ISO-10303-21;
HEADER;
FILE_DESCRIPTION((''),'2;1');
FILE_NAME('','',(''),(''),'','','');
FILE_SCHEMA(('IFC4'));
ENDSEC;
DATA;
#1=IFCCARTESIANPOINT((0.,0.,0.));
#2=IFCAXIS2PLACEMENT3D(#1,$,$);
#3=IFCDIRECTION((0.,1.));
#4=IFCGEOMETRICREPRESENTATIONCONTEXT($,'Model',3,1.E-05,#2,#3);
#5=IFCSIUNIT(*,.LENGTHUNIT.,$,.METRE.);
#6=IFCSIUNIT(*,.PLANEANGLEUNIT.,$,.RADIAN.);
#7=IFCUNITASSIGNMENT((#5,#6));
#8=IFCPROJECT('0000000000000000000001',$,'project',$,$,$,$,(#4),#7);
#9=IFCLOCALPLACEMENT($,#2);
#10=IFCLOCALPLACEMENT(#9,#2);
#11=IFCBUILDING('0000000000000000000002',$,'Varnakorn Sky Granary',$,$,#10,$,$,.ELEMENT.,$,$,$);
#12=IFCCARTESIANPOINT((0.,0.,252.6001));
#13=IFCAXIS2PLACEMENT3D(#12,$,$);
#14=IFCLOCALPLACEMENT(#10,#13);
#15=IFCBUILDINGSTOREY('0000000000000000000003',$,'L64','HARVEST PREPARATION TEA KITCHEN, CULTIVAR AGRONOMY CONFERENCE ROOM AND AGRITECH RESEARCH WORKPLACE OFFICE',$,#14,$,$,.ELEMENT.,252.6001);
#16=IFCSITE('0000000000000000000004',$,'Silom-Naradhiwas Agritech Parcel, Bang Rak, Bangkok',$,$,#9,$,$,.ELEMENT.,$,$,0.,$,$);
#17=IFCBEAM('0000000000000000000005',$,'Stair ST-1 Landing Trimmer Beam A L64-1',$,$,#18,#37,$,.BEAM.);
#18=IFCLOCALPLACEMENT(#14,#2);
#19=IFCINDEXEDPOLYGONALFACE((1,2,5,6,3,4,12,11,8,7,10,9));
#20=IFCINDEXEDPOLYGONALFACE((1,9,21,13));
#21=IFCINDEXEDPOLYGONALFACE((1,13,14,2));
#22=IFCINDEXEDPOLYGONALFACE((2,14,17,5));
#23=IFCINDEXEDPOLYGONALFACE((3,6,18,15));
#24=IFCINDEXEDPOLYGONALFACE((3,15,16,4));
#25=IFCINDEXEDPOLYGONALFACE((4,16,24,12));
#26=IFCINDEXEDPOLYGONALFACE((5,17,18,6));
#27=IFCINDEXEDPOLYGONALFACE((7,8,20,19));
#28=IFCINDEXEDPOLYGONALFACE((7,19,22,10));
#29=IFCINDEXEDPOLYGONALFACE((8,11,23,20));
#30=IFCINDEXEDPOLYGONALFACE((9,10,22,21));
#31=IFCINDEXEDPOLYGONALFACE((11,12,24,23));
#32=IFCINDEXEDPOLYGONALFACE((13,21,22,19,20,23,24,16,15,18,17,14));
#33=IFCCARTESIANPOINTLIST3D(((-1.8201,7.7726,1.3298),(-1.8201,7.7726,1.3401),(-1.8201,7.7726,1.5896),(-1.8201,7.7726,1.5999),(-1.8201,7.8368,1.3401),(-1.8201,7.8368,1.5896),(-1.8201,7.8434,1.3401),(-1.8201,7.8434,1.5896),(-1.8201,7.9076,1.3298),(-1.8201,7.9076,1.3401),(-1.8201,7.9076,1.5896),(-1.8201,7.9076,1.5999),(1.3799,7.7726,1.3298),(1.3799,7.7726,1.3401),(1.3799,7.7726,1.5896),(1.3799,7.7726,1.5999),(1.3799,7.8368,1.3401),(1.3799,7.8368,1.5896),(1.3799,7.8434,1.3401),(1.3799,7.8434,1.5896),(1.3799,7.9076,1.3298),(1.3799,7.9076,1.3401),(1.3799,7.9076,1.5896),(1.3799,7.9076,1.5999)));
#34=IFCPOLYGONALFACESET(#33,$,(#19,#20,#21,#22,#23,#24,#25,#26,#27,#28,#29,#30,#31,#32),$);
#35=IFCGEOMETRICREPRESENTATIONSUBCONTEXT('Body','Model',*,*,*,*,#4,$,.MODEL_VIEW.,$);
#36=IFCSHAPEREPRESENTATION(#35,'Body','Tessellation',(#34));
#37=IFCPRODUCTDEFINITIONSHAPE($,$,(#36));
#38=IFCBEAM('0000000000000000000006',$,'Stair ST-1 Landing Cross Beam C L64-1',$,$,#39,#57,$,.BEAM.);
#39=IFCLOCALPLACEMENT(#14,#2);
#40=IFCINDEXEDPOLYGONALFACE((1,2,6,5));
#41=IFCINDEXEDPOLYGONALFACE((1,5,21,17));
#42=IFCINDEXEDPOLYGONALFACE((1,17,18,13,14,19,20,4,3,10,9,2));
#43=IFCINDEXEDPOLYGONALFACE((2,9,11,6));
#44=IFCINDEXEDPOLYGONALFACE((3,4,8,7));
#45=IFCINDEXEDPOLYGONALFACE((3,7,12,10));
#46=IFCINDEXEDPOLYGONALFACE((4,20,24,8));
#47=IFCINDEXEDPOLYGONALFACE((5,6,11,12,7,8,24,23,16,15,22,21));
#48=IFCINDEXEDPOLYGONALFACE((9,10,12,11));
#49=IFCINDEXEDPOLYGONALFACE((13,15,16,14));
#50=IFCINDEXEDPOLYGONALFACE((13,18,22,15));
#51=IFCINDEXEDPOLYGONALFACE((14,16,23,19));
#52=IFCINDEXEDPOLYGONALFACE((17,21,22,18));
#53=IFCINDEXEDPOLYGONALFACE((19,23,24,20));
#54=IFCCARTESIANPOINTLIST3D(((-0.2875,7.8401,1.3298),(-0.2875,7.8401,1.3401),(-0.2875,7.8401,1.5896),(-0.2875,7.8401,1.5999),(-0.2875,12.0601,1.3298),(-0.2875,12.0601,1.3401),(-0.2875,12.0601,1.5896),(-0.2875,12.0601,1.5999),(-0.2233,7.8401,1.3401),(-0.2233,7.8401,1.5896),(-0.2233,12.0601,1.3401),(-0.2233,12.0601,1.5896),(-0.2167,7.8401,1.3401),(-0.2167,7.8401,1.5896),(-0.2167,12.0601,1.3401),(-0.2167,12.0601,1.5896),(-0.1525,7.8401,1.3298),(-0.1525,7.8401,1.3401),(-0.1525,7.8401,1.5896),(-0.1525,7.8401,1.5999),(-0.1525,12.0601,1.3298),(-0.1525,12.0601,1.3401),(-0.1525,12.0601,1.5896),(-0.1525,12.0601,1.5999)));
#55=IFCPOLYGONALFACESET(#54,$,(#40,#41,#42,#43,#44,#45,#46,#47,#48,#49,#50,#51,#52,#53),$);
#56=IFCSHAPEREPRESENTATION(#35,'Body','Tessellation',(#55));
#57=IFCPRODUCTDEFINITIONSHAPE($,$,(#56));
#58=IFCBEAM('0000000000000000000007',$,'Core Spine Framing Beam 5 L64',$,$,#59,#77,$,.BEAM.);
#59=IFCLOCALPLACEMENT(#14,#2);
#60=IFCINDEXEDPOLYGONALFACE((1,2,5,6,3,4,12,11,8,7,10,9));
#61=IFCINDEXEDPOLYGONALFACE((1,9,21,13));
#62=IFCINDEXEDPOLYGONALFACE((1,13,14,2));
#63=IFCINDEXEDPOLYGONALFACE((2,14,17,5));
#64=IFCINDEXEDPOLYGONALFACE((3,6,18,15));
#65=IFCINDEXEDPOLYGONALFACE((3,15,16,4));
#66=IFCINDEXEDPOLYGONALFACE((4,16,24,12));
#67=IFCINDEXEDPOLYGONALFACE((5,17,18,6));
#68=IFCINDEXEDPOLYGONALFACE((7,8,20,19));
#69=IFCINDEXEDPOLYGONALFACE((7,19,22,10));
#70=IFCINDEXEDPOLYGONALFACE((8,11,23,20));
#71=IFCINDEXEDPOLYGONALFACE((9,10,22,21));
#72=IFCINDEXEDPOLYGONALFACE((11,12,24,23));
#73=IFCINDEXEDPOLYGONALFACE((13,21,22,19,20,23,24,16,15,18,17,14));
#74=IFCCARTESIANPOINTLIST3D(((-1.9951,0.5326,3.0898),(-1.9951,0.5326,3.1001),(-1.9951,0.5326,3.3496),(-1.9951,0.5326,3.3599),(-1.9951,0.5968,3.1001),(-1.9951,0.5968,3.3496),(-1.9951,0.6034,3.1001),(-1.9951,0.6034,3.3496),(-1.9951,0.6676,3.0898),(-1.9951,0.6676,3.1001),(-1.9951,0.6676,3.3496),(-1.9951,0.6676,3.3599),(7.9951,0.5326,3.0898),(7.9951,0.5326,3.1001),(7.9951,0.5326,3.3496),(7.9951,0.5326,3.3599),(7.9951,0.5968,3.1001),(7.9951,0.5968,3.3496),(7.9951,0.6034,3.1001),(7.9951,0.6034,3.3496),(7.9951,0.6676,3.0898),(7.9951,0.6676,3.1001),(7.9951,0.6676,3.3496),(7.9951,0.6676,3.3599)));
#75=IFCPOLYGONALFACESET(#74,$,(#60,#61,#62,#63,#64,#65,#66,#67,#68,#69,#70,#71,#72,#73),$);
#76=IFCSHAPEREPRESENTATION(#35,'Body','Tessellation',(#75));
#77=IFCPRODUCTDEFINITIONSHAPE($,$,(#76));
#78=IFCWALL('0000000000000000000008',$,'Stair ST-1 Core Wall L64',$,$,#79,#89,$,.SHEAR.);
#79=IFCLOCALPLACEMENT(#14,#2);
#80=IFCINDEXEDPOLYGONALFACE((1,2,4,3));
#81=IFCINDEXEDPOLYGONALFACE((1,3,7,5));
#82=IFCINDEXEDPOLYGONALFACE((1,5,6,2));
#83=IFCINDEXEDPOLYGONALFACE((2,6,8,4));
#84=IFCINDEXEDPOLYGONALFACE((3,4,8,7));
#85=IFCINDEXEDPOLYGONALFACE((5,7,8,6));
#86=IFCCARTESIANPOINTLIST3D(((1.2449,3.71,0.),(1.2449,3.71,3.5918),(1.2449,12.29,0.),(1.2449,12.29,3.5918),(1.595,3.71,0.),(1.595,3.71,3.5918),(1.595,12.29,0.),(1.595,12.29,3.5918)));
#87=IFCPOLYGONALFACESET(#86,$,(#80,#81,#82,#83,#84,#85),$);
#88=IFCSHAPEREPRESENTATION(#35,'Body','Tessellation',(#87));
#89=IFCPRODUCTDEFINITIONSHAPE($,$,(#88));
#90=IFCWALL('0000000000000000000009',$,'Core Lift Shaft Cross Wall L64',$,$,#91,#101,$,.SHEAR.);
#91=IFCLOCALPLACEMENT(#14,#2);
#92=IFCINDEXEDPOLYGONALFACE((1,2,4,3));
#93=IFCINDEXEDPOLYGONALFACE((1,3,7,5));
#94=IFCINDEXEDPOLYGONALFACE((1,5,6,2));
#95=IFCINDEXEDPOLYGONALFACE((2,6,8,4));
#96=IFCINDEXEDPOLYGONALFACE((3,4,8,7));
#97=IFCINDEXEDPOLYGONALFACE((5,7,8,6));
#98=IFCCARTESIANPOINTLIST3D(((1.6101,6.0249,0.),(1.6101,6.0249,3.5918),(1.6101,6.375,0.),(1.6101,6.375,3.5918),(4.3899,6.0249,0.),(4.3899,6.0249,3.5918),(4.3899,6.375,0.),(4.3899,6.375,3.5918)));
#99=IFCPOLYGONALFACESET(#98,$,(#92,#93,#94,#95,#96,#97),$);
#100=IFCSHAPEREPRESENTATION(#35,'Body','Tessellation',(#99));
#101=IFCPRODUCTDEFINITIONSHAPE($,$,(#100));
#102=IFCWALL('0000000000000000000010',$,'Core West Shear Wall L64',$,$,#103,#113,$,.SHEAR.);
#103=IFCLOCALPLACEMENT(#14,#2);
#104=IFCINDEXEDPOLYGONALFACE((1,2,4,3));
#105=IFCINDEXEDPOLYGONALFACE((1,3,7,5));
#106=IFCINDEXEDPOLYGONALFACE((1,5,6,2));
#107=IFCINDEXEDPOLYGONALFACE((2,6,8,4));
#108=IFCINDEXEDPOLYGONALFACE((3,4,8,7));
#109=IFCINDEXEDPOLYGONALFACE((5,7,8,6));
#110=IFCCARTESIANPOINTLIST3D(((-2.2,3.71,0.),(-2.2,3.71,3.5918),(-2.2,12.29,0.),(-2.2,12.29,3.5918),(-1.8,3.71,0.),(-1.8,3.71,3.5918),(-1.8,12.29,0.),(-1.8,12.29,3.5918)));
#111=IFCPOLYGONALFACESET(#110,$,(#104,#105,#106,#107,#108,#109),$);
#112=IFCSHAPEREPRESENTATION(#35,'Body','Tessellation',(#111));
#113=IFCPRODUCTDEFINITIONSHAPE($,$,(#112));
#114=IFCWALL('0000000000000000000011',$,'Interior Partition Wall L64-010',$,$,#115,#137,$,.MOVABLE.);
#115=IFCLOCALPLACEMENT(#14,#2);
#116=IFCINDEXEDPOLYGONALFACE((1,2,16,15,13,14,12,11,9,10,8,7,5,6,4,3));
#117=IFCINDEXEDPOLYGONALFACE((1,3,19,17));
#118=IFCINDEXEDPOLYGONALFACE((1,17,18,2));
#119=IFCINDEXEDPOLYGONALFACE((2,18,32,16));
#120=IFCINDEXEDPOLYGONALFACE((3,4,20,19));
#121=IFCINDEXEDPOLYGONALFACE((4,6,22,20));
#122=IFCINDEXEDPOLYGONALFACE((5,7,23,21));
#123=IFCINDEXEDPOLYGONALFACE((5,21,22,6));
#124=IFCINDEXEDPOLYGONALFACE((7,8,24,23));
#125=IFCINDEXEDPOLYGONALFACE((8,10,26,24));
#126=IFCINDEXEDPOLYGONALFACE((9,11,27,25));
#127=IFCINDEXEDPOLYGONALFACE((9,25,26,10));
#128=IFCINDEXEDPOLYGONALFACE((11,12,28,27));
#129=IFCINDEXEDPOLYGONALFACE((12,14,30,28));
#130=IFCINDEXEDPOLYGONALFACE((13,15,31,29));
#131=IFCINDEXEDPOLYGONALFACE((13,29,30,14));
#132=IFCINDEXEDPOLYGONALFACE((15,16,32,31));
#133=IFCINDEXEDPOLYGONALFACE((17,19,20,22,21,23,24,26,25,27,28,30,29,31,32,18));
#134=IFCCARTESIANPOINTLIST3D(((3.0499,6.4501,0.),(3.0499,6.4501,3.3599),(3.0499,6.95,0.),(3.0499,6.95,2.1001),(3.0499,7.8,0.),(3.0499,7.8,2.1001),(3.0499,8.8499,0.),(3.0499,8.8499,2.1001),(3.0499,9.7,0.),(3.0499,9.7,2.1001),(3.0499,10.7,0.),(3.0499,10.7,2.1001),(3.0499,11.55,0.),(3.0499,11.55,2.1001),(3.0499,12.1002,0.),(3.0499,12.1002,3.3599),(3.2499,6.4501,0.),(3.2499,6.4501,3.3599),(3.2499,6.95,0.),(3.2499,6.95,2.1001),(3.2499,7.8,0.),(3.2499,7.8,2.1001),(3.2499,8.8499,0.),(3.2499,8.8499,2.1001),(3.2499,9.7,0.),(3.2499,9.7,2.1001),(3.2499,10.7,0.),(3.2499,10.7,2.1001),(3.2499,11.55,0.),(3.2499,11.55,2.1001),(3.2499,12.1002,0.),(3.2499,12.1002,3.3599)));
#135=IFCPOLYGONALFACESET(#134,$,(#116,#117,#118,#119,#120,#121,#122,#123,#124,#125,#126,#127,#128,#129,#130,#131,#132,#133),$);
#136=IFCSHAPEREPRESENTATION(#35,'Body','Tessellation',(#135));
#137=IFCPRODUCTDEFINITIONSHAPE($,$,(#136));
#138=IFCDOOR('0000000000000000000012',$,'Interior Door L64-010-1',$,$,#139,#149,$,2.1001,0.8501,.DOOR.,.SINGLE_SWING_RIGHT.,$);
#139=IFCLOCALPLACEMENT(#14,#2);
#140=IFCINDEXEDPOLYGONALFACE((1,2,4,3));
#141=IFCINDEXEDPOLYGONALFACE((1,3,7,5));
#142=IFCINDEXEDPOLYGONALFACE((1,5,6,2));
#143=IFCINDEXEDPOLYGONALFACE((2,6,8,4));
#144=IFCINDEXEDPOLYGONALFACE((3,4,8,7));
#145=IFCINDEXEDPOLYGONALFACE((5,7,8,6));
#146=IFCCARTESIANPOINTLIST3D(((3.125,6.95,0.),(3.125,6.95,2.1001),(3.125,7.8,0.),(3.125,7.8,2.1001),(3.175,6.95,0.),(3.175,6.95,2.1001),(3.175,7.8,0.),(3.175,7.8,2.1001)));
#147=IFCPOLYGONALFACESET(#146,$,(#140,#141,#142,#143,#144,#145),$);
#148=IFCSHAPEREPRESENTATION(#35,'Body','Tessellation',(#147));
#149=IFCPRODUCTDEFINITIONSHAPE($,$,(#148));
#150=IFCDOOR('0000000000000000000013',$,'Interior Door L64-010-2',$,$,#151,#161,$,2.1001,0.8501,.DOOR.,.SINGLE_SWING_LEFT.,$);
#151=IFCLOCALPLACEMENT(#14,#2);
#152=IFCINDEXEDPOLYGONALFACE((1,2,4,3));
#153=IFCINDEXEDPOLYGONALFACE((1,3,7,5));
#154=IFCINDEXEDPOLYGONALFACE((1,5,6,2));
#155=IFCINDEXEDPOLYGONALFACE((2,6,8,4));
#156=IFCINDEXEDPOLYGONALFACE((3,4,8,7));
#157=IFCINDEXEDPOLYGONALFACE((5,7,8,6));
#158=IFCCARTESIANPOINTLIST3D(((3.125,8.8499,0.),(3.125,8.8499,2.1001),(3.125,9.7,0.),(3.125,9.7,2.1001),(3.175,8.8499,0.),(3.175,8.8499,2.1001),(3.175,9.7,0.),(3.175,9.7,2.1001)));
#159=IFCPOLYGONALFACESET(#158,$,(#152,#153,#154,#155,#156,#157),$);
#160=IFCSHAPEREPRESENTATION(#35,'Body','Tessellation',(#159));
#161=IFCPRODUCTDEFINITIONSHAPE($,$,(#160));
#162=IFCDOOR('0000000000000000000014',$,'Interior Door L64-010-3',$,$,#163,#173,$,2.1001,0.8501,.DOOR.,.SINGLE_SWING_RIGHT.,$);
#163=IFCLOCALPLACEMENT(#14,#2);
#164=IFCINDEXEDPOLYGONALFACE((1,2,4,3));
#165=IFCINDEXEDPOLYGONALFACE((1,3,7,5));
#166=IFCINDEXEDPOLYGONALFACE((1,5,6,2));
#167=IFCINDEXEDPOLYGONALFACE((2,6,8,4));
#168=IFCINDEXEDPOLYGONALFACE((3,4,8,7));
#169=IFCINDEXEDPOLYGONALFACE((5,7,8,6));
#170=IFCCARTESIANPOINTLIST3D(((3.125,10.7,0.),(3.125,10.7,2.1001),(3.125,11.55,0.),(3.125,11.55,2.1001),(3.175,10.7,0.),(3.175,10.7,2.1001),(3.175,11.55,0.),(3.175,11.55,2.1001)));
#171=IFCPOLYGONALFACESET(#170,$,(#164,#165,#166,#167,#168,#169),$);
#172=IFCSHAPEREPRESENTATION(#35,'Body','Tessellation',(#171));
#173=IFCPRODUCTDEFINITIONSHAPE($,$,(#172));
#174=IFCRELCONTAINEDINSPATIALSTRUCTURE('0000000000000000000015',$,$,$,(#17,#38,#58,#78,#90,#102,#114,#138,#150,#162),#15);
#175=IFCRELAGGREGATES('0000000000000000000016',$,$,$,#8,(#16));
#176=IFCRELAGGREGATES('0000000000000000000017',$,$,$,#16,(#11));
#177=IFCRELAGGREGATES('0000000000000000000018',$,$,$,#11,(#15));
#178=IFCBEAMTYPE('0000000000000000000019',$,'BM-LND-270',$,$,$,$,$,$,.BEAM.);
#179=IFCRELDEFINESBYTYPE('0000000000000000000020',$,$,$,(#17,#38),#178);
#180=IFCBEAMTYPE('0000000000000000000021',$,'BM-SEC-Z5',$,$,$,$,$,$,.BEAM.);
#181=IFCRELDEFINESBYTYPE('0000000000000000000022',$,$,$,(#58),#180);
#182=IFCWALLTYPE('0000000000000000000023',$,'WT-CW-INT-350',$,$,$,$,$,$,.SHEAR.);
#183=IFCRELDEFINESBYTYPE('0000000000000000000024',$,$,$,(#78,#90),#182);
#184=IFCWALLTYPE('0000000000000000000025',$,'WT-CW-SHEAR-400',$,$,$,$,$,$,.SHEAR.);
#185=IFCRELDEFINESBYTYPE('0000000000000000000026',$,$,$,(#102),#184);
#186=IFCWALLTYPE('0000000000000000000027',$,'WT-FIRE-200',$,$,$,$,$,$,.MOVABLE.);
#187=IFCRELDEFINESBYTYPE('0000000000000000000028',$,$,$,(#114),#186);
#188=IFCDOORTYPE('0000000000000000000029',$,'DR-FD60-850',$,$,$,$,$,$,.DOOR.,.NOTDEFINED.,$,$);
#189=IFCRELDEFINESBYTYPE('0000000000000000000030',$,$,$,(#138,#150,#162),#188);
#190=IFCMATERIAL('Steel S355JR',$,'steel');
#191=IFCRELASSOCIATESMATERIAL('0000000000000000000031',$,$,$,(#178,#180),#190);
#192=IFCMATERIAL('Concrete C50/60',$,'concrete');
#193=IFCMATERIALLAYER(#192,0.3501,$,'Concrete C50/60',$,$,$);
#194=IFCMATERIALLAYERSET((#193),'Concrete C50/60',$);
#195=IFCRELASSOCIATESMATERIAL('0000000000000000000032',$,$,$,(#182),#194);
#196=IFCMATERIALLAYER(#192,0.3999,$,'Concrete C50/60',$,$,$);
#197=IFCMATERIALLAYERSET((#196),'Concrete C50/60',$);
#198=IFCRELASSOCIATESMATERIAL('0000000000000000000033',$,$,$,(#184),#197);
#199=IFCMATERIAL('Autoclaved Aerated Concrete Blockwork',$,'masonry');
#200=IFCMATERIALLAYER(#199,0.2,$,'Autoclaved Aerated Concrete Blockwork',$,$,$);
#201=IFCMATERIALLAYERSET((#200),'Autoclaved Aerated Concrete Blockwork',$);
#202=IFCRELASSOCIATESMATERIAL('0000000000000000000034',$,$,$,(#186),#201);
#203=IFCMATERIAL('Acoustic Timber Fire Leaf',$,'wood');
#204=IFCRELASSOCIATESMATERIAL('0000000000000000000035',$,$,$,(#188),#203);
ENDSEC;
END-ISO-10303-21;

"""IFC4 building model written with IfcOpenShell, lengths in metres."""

from ifc_helpers import new_model, si_unit, direction, frame, frame_2d, origin, origin_2d, place, context, subcontext, project, spatial, rectangle, i_section, extrude, material, layer, layer_set, material_profile, profile_set, type_object, element, fill, save


model = new_model("IFC4")

# Units and contexts
model_context = context("Model", 3, precision=1e-05, world=origin(), true_north=direction((0.0, 1.0)))
body_context = subcontext(model_context, "Body", "Model", "MODEL_VIEW")
ifc_project = project(units=[si_unit("LENGTHUNIT", "METRE"), si_unit("PLANEANGLEUNIT", "RADIAN")], contexts=[model_context])

# Site, building, storey
site_placement = place(None, origin())
site = spatial("IfcSite", under=ifc_project, at=site_placement, Name="Silom-Naradhiwas Agritech Parcel, Bang Rak, Bangkok", CompositionType="ELEMENT", RefElevation=0.0)
building_placement = place(site_placement, origin())
building = spatial("IfcBuilding", under=site, at=building_placement, Name="Varnakorn Sky Granary", CompositionType="ELEMENT")
storey_placement = place(building_placement, frame((0.0, 0.0, 252.6001)))
storey = spatial("IfcBuildingStorey", under=building, at=storey_placement, Name="L64", Description="HARVEST PREPARATION TEA KITCHEN, CULTIVAR AGRONOMY CONFERENCE ROOM AND AGRITECH RESEARCH WORKPLACE OFFICE", CompositionType="ELEMENT", Elevation=252.6001)

# Beams
ifc_material_1 = material(Name="Steel S355JR", Category="steel")
ifc_material_profile_1 = material_profile(ifc_material_1, i_section(OverallWidth=0.135, OverallDepth=0.27, WebThickness=0.0066, FlangeThickness=0.0103, at=origin_2d()), Name="IPE 270")
ifc_profile_set_1 = profile_set([ifc_material_profile_1], Name="Steel S355JR")
beam_type_1 = type_object("IfcBeamType", Name="BM-LND-270", PredefinedType="BEAM", material=ifc_profile_set_1)
beam_1_placement = place(storey_placement, frame((-1.8201, 7.8401, 1.4648), z_axis=(1.0, 0.0, 0.0), x_axis=(0.0, 1.0, 0.0)))
element("IfcBeam", 1, at=beam_1_placement, inside=storey, type_object=beam_type_1, Name="Stair ST-1 Landing Trimmer Beam A L64-1", PredefinedType="BEAM", context=body_context, shape_type="SweptSolid", body=[
    extrude(i_section(OverallWidth=0.135, OverallDepth=0.27, WebThickness=0.0066, FlangeThickness=0.0103, at=origin_2d()), origin(), (0.0, 0.0, 1.0), 3.2),
])
beam_2_placement = place(storey_placement, frame((-0.22, 7.8401, 1.4648), z_axis=(0.0, 1.0, 0.0), x_axis=(-1.0, 0.0, 0.0)))
element("IfcBeam", 2, at=beam_2_placement, inside=storey, type_object=beam_type_1, Name="Stair ST-1 Landing Cross Beam C L64-1", PredefinedType="BEAM", context=body_context, shape_type="SweptSolid", body=[
    extrude(i_section(OverallWidth=0.135, OverallDepth=0.27, WebThickness=0.0066, FlangeThickness=0.0103, at=origin_2d()), origin(), (0.0, 0.0, 1.0), 4.22),
])
ifc_material_profile_2 = material_profile(ifc_material_1, i_section(OverallWidth=0.135, OverallDepth=0.27, WebThickness=0.0066, FlangeThickness=0.0103, at=origin_2d()), Name="IPE 270")
ifc_profile_set_2 = profile_set([ifc_material_profile_2], Name="Steel S355JR")
beam_type_2 = type_object("IfcBeamType", Name="BM-SEC-Z5", PredefinedType="BEAM", material=ifc_profile_set_2)
beam_3_placement = place(storey_placement, frame((-1.9951, 0.6001, 3.2249), z_axis=(1.0, 0.0, 0.0), x_axis=(0.0, 1.0, 0.0)))
element("IfcBeam", 3, at=beam_3_placement, inside=storey, type_object=beam_type_2, Name="Core Spine Framing Beam 5 L64", PredefinedType="BEAM", context=body_context, shape_type="SweptSolid", body=[
    extrude(i_section(OverallWidth=0.135, OverallDepth=0.27, WebThickness=0.0066, FlangeThickness=0.0103, at=origin_2d()), origin(), (0.0, 0.0, 1.0), 9.9902),
])

# Walls
ifc_material_2 = material(Name="Concrete C50/60", Category="concrete")
ifc_layer_1 = layer(ifc_material_2, 0.3501, Name="Concrete C50/60")
ifc_layer_set_1 = layer_set([ifc_layer_1], Name="Concrete C50/60")
wall_type_1 = type_object("IfcWallType", Name="WT-CW-INT-350", PredefinedType="SHEAR", material=ifc_layer_set_1)
wall_1_placement = place(storey_placement, frame((1.4199, 3.71, 0.0), z_axis=(0.0, 0.0, 1.0), x_axis=(0.0, 1.0, 0.0)))
element("IfcWall", 4, at=wall_1_placement, inside=storey, type_object=wall_type_1, Name="Stair ST-1 Core Wall L64", PredefinedType="SHEAR", context=body_context, shape_type="SweptSolid", body=[
    extrude(rectangle(XDim=8.5801, YDim=0.3501, at=frame_2d((4.29, 0.0))), origin(), (0.0, 0.0, 1.0), 3.5918),
])
wall_2_placement = place(storey_placement, frame((1.6101, 6.2, 0.0), z_axis=(0.0, 0.0, 1.0), x_axis=(1.0, 0.0, 0.0)))
element("IfcWall", 5, at=wall_2_placement, inside=storey, type_object=wall_type_1, Name="Core Lift Shaft Cross Wall L64", PredefinedType="SHEAR", context=body_context, shape_type="SweptSolid", body=[
    extrude(rectangle(XDim=2.7798, YDim=0.3501, at=frame_2d((1.3899, 0.0))), origin(), (0.0, 0.0, 1.0), 3.5918),
])

# Shared definitions
ifc_layer_2 = layer(ifc_material_2, 0.3999, Name="Concrete C50/60")
ifc_layer_set_2 = layer_set([ifc_layer_2], Name="Concrete C50/60")
wall_type_2 = type_object("IfcWallType", Name="WT-CW-SHEAR-400", PredefinedType="SHEAR", material=ifc_layer_set_2)

# Wall
wall_3_placement = place(storey_placement, frame((-2.0, 3.71, 0.0), z_axis=(0.0, 0.0, 1.0), x_axis=(0.0, 1.0, 0.0)))
element("IfcWall", 6, at=wall_3_placement, inside=storey, type_object=wall_type_2, Name="Core West Shear Wall L64", PredefinedType="SHEAR", context=body_context, shape_type="SweptSolid", body=[
    extrude(rectangle(XDim=8.5801, YDim=0.3999, at=frame_2d((4.29, 0.0))), origin(), (0.0, 0.0, 1.0), 3.5918),
])

# Wall, openings, doors
ifc_material_3 = material(Name="Autoclaved Aerated Concrete Blockwork", Category="masonry")
ifc_layer_3 = layer(ifc_material_3, 0.2, Name="Autoclaved Aerated Concrete Blockwork")
ifc_layer_set_3 = layer_set([ifc_layer_3], Name="Autoclaved Aerated Concrete Blockwork")
wall_type_3 = type_object("IfcWallType", Name="WT-FIRE-200", PredefinedType="MOVABLE", material=ifc_layer_set_3)
wall_4_placement = place(storey_placement, frame((3.1499, 6.45, 0.0), z_axis=(0.0, 0.0, 1.0), x_axis=(0.0, 1.0, 0.0)))
wall_4 = element("IfcWall", 7, at=wall_4_placement, inside=storey, type_object=wall_type_3, Name="Interior Partition Wall L64-010", PredefinedType="MOVABLE", context=body_context, shape_type="SweptSolid", body=[
    extrude(rectangle(XDim=5.6501, YDim=0.2, at=frame_2d((2.8252, 0.0))), origin(), (0.0, 0.0, 1.0), 3.3599),
])
opening_1_placement = place(wall_4_placement, frame((0.5, 0.0, 0.0)))
opening_1 = element("IfcOpeningElement", 8, at=opening_1_placement, cuts=wall_4, PredefinedType="OPENING", context=body_context, shape_type="SweptSolid", body=[
    extrude(rectangle(XDim=0.8501, YDim=2.1001, at=frame_2d((0.425, 1.05))), frame((0.0, 0.1099, 0.0), z_axis=(0.0, -1.0, 0.0), x_axis=(1.0, 0.0, 0.0)), (0.0, 0.0, 1.0), 0.22),
])
opening_2_placement = place(wall_4_placement, frame((2.3999, 0.0, 0.0)))
opening_2 = element("IfcOpeningElement", 9, at=opening_2_placement, cuts=wall_4, PredefinedType="OPENING", context=body_context, shape_type="SweptSolid", body=[
    extrude(rectangle(XDim=0.8501, YDim=2.1001, at=frame_2d((0.425, 1.05))), frame((0.0, 0.1099, 0.0), z_axis=(0.0, -1.0, 0.0), x_axis=(1.0, 0.0, 0.0)), (0.0, 0.0, 1.0), 0.22),
])
opening_3_placement = place(wall_4_placement, frame((4.25, 0.0, 0.0)))
opening_3 = element("IfcOpeningElement", 10, at=opening_3_placement, cuts=wall_4, PredefinedType="OPENING", context=body_context, shape_type="SweptSolid", body=[
    extrude(rectangle(XDim=0.8501, YDim=2.1001, at=frame_2d((0.425, 1.05))), frame((0.0, 0.1099, 0.0), z_axis=(0.0, -1.0, 0.0), x_axis=(1.0, 0.0, 0.0)), (0.0, 0.0, 1.0), 0.22),
])
ifc_material_4 = material(Name="Acoustic Timber Fire Leaf", Category="wood")
door_type_1 = type_object("IfcDoorType", Name="DR-FD60-850", OperationType="NOTDEFINED", PredefinedType="DOOR", material=ifc_material_4)
door_1_placement = place(opening_1_placement, origin())
door_1 = element("IfcDoor", 11, at=door_1_placement, inside=storey, type_object=door_type_1, Name="Interior Door L64-010-1", OperationType="SINGLE_SWING_RIGHT", OverallHeight=2.1001, OverallWidth=0.8501, PredefinedType="DOOR", context=body_context, shape_type="SweptSolid", body=[
    extrude(rectangle(XDim=0.8501, YDim=2.1001, at=frame_2d((0.425, 1.05))), frame((0.0, 0.0249, 0.0), z_axis=(0.0, -1.0, 0.0), x_axis=(1.0, 0.0, 0.0)), (0.0, 0.0, 1.0), 0.05),
])
fill(opening_1, door_1)
door_2_placement = place(opening_2_placement, origin())
door_2 = element("IfcDoor", 12, at=door_2_placement, inside=storey, type_object=door_type_1, Name="Interior Door L64-010-2", OperationType="SINGLE_SWING_LEFT", OverallHeight=2.1001, OverallWidth=0.8501, PredefinedType="DOOR", context=body_context, shape_type="SweptSolid", body=[
    extrude(rectangle(XDim=0.8501, YDim=2.1001, at=frame_2d((0.425, 1.05))), frame((0.0, 0.0249, 0.0), z_axis=(0.0, -1.0, 0.0), x_axis=(1.0, 0.0, 0.0)), (0.0, 0.0, 1.0), 0.05),
])
fill(opening_2, door_2)
door_3_placement = place(opening_3_placement, origin())
door_3 = element("IfcDoor", 13, at=door_3_placement, inside=storey, type_object=door_type_1, Name="Interior Door L64-010-3", OperationType="SINGLE_SWING_RIGHT", OverallHeight=2.1001, OverallWidth=0.8501, PredefinedType="DOOR", context=body_context, shape_type="SweptSolid", body=[
    extrude(rectangle(XDim=0.8501, YDim=2.1001, at=frame_2d((0.425, 1.05))), frame((0.0, 0.0249, 0.0), z_axis=(0.0, -1.0, 0.0), x_axis=(1.0, 0.0, 0.0)), (0.0, 0.0, 1.0), 0.05),
])
fill(opening_3, door_3)

save(model, "model.ifc")
